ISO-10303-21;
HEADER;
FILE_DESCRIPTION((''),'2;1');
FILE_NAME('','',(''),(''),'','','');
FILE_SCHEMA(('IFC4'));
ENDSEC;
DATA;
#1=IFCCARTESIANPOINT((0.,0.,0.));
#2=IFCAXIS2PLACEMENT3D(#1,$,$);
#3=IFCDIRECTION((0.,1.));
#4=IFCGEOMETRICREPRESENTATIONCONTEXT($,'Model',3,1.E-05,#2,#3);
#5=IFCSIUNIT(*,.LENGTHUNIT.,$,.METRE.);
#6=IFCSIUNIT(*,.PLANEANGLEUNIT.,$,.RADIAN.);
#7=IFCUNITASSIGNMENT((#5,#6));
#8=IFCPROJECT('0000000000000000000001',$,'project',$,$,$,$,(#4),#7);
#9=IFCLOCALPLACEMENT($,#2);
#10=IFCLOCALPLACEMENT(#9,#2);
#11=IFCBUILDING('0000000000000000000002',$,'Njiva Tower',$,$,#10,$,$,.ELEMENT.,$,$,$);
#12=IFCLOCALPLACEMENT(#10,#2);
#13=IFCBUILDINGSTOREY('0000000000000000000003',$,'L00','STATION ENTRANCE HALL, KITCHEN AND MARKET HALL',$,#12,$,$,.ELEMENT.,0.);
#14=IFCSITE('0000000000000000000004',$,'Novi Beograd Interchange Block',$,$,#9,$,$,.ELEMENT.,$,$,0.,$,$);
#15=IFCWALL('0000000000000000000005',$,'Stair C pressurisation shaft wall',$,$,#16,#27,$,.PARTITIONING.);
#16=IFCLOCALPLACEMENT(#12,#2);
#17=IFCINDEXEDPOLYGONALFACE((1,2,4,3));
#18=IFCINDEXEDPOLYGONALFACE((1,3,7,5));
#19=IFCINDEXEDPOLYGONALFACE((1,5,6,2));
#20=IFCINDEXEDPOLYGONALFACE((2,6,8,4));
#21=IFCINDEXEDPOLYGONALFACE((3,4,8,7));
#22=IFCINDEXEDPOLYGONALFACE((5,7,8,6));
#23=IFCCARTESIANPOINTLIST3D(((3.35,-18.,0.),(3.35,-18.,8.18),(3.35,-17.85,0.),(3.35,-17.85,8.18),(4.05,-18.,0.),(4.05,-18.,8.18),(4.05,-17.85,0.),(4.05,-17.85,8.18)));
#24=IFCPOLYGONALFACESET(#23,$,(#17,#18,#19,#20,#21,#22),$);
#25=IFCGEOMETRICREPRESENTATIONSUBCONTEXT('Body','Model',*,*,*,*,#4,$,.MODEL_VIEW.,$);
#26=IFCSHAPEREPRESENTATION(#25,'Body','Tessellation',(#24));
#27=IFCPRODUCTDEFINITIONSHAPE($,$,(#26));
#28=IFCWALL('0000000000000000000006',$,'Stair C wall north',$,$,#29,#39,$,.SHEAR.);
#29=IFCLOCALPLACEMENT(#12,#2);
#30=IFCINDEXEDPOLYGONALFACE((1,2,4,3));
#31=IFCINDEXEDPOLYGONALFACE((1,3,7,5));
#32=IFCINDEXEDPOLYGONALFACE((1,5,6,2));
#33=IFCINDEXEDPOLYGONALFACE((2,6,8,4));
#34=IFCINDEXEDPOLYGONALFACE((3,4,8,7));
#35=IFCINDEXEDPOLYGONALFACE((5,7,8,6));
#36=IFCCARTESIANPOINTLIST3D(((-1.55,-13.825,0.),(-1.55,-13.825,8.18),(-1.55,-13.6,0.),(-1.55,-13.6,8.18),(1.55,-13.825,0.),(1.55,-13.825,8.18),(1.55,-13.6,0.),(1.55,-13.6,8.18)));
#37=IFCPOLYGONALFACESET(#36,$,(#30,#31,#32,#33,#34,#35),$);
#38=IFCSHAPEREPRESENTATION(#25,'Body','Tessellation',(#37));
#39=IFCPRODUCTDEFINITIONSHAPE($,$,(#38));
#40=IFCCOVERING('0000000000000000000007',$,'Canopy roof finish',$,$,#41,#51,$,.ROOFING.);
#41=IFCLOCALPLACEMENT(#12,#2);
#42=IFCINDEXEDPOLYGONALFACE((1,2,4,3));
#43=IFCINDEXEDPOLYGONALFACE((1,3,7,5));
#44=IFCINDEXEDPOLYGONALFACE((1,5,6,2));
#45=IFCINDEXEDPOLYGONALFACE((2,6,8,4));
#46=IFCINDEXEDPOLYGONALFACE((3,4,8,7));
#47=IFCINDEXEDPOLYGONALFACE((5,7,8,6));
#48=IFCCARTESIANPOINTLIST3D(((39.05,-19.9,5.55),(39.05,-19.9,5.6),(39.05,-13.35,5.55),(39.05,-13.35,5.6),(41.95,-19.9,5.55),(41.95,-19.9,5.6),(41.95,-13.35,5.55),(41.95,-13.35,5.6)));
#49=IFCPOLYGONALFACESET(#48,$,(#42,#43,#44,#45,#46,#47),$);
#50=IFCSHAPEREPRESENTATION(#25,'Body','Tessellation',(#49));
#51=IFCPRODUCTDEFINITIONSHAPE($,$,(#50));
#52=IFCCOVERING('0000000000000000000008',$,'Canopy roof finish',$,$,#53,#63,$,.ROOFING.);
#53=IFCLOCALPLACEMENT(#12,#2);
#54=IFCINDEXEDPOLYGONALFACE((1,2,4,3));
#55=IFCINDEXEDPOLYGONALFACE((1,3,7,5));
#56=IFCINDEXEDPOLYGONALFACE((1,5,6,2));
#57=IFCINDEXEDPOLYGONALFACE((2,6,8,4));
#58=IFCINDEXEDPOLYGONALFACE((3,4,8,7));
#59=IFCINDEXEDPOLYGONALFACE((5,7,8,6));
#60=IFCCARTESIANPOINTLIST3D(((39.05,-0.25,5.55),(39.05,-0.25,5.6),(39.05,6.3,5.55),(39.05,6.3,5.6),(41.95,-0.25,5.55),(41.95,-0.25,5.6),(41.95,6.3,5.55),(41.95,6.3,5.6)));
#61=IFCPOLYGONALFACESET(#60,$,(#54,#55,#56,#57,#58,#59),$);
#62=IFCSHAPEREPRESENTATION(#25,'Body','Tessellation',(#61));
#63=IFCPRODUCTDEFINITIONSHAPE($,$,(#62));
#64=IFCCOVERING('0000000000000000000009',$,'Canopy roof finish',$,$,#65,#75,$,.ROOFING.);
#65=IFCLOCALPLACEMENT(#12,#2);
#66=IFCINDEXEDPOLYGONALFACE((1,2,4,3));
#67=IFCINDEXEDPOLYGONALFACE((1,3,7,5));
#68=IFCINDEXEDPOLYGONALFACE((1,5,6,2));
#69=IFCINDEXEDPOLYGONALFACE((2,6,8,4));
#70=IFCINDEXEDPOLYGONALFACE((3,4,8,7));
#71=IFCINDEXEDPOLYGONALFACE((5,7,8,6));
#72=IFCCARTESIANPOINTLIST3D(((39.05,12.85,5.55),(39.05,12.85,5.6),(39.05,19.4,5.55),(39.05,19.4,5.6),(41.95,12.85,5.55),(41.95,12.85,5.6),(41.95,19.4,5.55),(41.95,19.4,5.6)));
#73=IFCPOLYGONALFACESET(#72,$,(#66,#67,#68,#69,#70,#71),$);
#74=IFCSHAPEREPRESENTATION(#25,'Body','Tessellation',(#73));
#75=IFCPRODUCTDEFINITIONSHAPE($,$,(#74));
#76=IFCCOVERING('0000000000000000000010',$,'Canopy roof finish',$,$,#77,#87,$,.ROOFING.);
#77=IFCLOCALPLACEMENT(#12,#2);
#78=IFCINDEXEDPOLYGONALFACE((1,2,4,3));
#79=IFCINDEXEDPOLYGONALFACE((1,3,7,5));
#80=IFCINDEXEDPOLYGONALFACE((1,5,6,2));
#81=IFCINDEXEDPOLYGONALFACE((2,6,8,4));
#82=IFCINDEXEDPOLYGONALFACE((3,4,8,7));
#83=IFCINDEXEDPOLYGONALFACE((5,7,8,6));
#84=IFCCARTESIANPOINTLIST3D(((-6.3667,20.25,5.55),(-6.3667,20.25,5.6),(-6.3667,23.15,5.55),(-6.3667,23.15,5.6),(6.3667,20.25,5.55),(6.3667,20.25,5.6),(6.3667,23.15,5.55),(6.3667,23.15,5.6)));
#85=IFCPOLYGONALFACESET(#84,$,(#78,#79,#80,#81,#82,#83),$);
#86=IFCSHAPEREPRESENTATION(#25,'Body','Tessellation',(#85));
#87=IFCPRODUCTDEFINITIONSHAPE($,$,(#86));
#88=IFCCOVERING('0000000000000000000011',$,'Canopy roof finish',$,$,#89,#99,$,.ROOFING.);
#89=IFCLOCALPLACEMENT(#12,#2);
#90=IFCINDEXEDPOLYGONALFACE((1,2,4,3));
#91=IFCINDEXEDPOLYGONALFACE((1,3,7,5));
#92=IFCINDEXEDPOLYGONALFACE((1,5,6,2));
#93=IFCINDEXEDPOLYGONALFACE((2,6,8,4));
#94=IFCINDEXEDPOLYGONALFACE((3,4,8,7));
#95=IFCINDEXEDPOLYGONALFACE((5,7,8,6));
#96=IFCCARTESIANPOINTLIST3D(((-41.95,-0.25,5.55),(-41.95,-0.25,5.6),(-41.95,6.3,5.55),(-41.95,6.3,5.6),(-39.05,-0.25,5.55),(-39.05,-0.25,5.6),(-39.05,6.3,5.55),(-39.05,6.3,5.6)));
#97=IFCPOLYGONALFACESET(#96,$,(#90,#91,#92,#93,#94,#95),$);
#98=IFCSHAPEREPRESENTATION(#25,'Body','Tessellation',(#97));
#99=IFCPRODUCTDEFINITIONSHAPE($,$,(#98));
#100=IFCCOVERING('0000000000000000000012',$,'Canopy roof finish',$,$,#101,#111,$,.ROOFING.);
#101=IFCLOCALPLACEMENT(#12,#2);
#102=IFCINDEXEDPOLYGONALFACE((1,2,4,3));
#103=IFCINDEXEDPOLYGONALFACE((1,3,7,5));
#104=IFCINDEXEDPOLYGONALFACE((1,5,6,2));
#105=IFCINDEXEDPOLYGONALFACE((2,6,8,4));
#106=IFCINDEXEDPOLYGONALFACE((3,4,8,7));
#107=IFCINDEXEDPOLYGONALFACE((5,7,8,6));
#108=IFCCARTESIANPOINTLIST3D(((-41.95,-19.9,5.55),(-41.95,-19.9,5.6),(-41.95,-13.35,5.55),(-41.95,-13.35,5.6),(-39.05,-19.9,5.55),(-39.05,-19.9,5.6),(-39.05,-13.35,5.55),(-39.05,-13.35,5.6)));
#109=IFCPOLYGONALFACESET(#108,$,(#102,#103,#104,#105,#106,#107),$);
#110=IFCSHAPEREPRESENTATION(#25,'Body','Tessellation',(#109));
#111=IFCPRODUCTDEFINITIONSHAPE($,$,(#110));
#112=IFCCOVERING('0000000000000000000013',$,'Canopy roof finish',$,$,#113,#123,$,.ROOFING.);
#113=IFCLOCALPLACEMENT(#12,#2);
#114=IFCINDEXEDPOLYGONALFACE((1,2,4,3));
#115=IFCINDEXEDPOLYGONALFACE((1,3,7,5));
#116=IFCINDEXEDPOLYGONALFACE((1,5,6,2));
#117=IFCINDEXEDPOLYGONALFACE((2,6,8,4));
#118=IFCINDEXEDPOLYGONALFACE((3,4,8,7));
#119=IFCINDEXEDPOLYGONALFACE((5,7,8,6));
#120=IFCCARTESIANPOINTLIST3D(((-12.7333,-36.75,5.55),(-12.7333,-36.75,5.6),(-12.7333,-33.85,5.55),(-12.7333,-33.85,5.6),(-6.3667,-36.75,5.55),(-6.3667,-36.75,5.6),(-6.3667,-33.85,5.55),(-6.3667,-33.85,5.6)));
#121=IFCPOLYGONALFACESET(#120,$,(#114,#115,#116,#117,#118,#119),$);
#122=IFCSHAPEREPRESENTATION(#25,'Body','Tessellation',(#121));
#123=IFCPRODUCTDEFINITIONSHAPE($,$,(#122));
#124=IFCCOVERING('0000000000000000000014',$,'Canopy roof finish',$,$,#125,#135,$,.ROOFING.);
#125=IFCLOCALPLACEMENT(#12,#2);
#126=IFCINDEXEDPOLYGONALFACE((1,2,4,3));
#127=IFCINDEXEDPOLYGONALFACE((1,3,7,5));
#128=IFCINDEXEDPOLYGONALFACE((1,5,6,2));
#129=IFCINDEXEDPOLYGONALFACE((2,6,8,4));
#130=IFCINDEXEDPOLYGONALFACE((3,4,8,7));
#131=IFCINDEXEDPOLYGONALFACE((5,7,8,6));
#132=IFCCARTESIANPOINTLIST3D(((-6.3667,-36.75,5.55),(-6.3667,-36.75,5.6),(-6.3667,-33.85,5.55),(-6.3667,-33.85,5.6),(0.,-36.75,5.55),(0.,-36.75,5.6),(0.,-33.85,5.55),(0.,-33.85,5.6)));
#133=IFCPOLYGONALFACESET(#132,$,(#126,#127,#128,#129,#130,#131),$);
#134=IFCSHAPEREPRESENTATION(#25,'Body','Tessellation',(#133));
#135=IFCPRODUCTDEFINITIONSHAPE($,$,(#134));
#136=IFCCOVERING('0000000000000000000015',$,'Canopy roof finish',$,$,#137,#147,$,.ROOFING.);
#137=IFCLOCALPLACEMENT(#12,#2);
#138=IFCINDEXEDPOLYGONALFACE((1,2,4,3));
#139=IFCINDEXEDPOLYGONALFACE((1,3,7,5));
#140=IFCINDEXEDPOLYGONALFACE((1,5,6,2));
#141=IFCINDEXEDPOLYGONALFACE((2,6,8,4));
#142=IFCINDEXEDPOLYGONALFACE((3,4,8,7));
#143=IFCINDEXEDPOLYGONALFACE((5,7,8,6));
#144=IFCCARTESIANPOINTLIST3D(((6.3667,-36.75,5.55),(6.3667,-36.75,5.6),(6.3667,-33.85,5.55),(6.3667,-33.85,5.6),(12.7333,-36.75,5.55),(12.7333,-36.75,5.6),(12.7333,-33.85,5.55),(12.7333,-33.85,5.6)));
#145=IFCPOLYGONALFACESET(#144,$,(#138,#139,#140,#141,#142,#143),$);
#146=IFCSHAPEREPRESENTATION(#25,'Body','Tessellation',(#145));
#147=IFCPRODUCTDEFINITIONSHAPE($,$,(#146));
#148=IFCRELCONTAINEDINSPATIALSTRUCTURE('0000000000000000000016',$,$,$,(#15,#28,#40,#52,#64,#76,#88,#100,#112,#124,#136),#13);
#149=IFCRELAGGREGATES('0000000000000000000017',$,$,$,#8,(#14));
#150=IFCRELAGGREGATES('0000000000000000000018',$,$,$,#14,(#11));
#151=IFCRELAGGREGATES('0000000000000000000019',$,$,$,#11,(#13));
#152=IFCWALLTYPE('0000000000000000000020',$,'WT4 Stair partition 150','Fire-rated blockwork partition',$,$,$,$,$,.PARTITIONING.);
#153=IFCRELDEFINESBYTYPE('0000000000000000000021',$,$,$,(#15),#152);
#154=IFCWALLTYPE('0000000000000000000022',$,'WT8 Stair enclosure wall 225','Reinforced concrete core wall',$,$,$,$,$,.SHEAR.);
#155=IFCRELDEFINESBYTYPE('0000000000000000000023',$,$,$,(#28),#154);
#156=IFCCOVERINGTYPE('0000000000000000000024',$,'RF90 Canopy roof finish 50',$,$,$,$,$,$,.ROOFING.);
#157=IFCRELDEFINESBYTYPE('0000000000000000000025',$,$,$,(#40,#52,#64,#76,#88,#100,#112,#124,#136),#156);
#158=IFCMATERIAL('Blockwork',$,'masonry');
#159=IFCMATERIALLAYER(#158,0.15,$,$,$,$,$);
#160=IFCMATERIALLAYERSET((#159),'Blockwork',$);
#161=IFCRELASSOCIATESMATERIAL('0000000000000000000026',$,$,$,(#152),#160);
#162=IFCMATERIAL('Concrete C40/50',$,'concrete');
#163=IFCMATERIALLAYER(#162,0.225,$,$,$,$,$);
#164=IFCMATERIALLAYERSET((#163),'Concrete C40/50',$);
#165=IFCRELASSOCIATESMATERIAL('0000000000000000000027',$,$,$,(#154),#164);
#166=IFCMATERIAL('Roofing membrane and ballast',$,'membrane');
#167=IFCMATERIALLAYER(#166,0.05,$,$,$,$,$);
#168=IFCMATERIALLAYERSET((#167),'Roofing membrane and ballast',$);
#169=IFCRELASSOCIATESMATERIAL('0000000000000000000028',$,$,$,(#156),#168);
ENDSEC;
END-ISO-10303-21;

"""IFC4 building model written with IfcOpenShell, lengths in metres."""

from ifc_helpers import new_model, si_unit, direction, frame, frame_2d, origin, place, context, subcontext, project, spatial, polyline, rectangle, outline, extrude, material, layer, layer_set, type_object, element, save


model = new_model("IFC4")

# Units and contexts
model_context = context("Model", 3, precision=1e-05, world=origin(), true_north=direction((0.0, 1.0)))
body_context = subcontext(model_context, "Body", "Model", "MODEL_VIEW")
ifc_project = project(units=[si_unit("LENGTHUNIT", "METRE"), si_unit("PLANEANGLEUNIT", "RADIAN")], contexts=[model_context])

# Site, building, storey
site_placement = place(None, origin())
site = spatial("IfcSite", under=ifc_project, at=site_placement, Name="Novi Beograd Interchange Block", CompositionType="ELEMENT", RefElevation=0.0)
building_placement = place(site_placement, origin())
building = spatial("IfcBuilding", under=site, at=building_placement, Name="Njiva Tower", CompositionType="ELEMENT")
storey_placement = place(building_placement, origin())
storey = spatial("IfcBuildingStorey", under=building, at=storey_placement, Name="L00", Description="STATION ENTRANCE HALL, KITCHEN AND MARKET HALL", CompositionType="ELEMENT", Elevation=0.0)

# Shared definitions
ifc_material_1 = material(Name="Concrete C40/50", Category="concrete")

# Shared definitions
ifc_material_2 = material(Name="Blockwork", Category="masonry")
ifc_layer_1 = layer(ifc_material_2, 0.15)
ifc_layer_set_1 = layer_set([ifc_layer_1], Name="Blockwork")
wall_type_1 = type_object("IfcWallType", Name="WT4 Stair partition 150", Description="Fire-rated blockwork partition", PredefinedType="PARTITIONING", material=ifc_layer_set_1)

# Walls
wall_1_placement = place(storey_placement, frame((3.35, -17.925, 0.0), z_axis=(0.0, 0.0, 1.0), x_axis=(1.0, 0.0, 0.0)))
element("IfcWall", 1, at=wall_1_placement, inside=storey, type_object=wall_type_1, Name="Stair C pressurisation shaft wall", PredefinedType="PARTITIONING", context=body_context, shape_type="SweptSolid", body=[
    extrude(rectangle(XDim=0.7, YDim=0.15, at=frame_2d((0.35, 0.0))), origin(), (0.0, 0.0, 1.0), 8.18),
])
ifc_layer_2 = layer(ifc_material_1, 0.225)
ifc_layer_set_2 = layer_set([ifc_layer_2], Name="Concrete C40/50")
wall_type_2 = type_object("IfcWallType", Name="WT8 Stair enclosure wall 225", Description="Reinforced concrete core wall", PredefinedType="SHEAR", material=ifc_layer_set_2)
wall_2_placement = place(storey_placement, frame((-1.55, -13.7125, 0.0), z_axis=(0.0, 0.0, 1.0), x_axis=(1.0, 0.0, 0.0)))
element("IfcWall", 2, at=wall_2_placement, inside=storey, type_object=wall_type_2, Name="Stair C wall north", PredefinedType="SHEAR", context=body_context, shape_type="SweptSolid", body=[
    extrude(rectangle(XDim=3.1, YDim=0.225, at=frame_2d((1.55, 0.0))), origin(), (0.0, 0.0, 1.0), 8.18),
])

# Coverings
ifc_material_3 = material(Name="Roofing membrane and ballast", Category="membrane")
ifc_layer_3 = layer(ifc_material_3, 0.05)
ifc_layer_set_3 = layer_set([ifc_layer_3], Name="Roofing membrane and ballast")
covering_type = type_object("IfcCoveringType", Name="RF90 Canopy roof finish 50", PredefinedType="ROOFING", material=ifc_layer_set_3)
covering_1_placement = place(storey_placement, frame((0.0, 0.0, 5.55)))
element("IfcCovering", 3, at=covering_1_placement, inside=storey, type_object=covering_type, Name="Canopy roof finish", PredefinedType="ROOFING", context=body_context, shape_type="SweptSolid", body=[
    extrude(outline(polyline([(39.05, -19.9), (39.05, -13.35), (41.95, -13.35), (41.95, -19.9), (39.05, -19.9)])), origin(), (0.0, 0.0, 1.0), 0.05),
])
covering_2_placement = place(storey_placement, frame((0.0, 0.0, 5.55)))
element("IfcCovering", 4, at=covering_2_placement, inside=storey, type_object=covering_type, Name="Canopy roof finish", PredefinedType="ROOFING", context=body_context, shape_type="SweptSolid", body=[
    extrude(outline(polyline([(39.05, -0.25), (39.05, 6.3), (41.95, 6.3), (41.95, -0.25), (39.05, -0.25)])), origin(), (0.0, 0.0, 1.0), 0.05),
])
covering_3_placement = place(storey_placement, frame((0.0, 0.0, 5.55)))
element("IfcCovering", 5, at=covering_3_placement, inside=storey, type_object=covering_type, Name="Canopy roof finish", PredefinedType="ROOFING", context=body_context, shape_type="SweptSolid", body=[
    extrude(outline(polyline([(39.05, 12.85), (39.05, 19.4), (41.95, 19.4), (41.95, 12.85), (39.05, 12.85)])), origin(), (0.0, 0.0, 1.0), 0.05),
])
covering_4_placement = place(storey_placement, frame((0.0, 0.0, 5.55)))
element("IfcCovering", 6, at=covering_4_placement, inside=storey, type_object=covering_type, Name="Canopy roof finish", PredefinedType="ROOFING", context=body_context, shape_type="SweptSolid", body=[
    extrude(outline(polyline([(6.3667, 20.25), (-6.3667, 20.25), (-6.3667, 23.15), (6.3667, 23.15), (6.3667, 20.25)])), origin(), (0.0, 0.0, 1.0), 0.05),
])
covering_5_placement = place(storey_placement, frame((0.0, 0.0, 5.55)))
element("IfcCovering", 7, at=covering_5_placement, inside=storey, type_object=covering_type, Name="Canopy roof finish", PredefinedType="ROOFING", context=body_context, shape_type="SweptSolid", body=[
    extrude(outline(polyline([(-39.05, 6.3), (-39.05, -0.25), (-41.95, -0.25), (-41.95, 6.3), (-39.05, 6.3)])), origin(), (0.0, 0.0, 1.0), 0.05),
])
covering_6_placement = place(storey_placement, frame((0.0, 0.0, 5.55)))
element("IfcCovering", 8, at=covering_6_placement, inside=storey, type_object=covering_type, Name="Canopy roof finish", PredefinedType="ROOFING", context=body_context, shape_type="SweptSolid", body=[
    extrude(outline(polyline([(-39.05, -13.35), (-39.05, -19.9), (-41.95, -19.9), (-41.95, -13.35), (-39.05, -13.35)])), origin(), (0.0, 0.0, 1.0), 0.05),
])
covering_7_placement = place(storey_placement, frame((0.0, 0.0, 5.55)))
element("IfcCovering", 9, at=covering_7_placement, inside=storey, type_object=covering_type, Name="Canopy roof finish", PredefinedType="ROOFING", context=body_context, shape_type="SweptSolid", body=[
    extrude(outline(polyline([(-12.7333, -33.85), (-6.3667, -33.85), (-6.3667, -36.75), (-12.7333, -36.75), (-12.7333, -33.85)])), origin(), (0.0, 0.0, 1.0), 0.05),
])
covering_8_placement = place(storey_placement, frame((0.0, 0.0, 5.55)))
element("IfcCovering", 10, at=covering_8_placement, inside=storey, type_object=covering_type, Name="Canopy roof finish", PredefinedType="ROOFING", context=body_context, shape_type="SweptSolid", body=[
    extrude(outline(polyline([(-6.3667, -33.85), (0.0, -33.85), (0.0, -36.75), (-6.3667, -36.75), (-6.3667, -33.85)])), origin(), (0.0, 0.0, 1.0), 0.05),
])
covering_9_placement = place(storey_placement, frame((0.0, 0.0, 5.55)))
element("IfcCovering", 11, at=covering_9_placement, inside=storey, type_object=covering_type, Name="Canopy roof finish", PredefinedType="ROOFING", context=body_context, shape_type="SweptSolid", body=[
    extrude(outline(polyline([(6.3667, -33.85), (12.7333, -33.85), (12.7333, -36.75), (6.3667, -36.75), (6.3667, -33.85)])), origin(), (0.0, 0.0, 1.0), 0.05),
])

save(model, "model.ifc")
